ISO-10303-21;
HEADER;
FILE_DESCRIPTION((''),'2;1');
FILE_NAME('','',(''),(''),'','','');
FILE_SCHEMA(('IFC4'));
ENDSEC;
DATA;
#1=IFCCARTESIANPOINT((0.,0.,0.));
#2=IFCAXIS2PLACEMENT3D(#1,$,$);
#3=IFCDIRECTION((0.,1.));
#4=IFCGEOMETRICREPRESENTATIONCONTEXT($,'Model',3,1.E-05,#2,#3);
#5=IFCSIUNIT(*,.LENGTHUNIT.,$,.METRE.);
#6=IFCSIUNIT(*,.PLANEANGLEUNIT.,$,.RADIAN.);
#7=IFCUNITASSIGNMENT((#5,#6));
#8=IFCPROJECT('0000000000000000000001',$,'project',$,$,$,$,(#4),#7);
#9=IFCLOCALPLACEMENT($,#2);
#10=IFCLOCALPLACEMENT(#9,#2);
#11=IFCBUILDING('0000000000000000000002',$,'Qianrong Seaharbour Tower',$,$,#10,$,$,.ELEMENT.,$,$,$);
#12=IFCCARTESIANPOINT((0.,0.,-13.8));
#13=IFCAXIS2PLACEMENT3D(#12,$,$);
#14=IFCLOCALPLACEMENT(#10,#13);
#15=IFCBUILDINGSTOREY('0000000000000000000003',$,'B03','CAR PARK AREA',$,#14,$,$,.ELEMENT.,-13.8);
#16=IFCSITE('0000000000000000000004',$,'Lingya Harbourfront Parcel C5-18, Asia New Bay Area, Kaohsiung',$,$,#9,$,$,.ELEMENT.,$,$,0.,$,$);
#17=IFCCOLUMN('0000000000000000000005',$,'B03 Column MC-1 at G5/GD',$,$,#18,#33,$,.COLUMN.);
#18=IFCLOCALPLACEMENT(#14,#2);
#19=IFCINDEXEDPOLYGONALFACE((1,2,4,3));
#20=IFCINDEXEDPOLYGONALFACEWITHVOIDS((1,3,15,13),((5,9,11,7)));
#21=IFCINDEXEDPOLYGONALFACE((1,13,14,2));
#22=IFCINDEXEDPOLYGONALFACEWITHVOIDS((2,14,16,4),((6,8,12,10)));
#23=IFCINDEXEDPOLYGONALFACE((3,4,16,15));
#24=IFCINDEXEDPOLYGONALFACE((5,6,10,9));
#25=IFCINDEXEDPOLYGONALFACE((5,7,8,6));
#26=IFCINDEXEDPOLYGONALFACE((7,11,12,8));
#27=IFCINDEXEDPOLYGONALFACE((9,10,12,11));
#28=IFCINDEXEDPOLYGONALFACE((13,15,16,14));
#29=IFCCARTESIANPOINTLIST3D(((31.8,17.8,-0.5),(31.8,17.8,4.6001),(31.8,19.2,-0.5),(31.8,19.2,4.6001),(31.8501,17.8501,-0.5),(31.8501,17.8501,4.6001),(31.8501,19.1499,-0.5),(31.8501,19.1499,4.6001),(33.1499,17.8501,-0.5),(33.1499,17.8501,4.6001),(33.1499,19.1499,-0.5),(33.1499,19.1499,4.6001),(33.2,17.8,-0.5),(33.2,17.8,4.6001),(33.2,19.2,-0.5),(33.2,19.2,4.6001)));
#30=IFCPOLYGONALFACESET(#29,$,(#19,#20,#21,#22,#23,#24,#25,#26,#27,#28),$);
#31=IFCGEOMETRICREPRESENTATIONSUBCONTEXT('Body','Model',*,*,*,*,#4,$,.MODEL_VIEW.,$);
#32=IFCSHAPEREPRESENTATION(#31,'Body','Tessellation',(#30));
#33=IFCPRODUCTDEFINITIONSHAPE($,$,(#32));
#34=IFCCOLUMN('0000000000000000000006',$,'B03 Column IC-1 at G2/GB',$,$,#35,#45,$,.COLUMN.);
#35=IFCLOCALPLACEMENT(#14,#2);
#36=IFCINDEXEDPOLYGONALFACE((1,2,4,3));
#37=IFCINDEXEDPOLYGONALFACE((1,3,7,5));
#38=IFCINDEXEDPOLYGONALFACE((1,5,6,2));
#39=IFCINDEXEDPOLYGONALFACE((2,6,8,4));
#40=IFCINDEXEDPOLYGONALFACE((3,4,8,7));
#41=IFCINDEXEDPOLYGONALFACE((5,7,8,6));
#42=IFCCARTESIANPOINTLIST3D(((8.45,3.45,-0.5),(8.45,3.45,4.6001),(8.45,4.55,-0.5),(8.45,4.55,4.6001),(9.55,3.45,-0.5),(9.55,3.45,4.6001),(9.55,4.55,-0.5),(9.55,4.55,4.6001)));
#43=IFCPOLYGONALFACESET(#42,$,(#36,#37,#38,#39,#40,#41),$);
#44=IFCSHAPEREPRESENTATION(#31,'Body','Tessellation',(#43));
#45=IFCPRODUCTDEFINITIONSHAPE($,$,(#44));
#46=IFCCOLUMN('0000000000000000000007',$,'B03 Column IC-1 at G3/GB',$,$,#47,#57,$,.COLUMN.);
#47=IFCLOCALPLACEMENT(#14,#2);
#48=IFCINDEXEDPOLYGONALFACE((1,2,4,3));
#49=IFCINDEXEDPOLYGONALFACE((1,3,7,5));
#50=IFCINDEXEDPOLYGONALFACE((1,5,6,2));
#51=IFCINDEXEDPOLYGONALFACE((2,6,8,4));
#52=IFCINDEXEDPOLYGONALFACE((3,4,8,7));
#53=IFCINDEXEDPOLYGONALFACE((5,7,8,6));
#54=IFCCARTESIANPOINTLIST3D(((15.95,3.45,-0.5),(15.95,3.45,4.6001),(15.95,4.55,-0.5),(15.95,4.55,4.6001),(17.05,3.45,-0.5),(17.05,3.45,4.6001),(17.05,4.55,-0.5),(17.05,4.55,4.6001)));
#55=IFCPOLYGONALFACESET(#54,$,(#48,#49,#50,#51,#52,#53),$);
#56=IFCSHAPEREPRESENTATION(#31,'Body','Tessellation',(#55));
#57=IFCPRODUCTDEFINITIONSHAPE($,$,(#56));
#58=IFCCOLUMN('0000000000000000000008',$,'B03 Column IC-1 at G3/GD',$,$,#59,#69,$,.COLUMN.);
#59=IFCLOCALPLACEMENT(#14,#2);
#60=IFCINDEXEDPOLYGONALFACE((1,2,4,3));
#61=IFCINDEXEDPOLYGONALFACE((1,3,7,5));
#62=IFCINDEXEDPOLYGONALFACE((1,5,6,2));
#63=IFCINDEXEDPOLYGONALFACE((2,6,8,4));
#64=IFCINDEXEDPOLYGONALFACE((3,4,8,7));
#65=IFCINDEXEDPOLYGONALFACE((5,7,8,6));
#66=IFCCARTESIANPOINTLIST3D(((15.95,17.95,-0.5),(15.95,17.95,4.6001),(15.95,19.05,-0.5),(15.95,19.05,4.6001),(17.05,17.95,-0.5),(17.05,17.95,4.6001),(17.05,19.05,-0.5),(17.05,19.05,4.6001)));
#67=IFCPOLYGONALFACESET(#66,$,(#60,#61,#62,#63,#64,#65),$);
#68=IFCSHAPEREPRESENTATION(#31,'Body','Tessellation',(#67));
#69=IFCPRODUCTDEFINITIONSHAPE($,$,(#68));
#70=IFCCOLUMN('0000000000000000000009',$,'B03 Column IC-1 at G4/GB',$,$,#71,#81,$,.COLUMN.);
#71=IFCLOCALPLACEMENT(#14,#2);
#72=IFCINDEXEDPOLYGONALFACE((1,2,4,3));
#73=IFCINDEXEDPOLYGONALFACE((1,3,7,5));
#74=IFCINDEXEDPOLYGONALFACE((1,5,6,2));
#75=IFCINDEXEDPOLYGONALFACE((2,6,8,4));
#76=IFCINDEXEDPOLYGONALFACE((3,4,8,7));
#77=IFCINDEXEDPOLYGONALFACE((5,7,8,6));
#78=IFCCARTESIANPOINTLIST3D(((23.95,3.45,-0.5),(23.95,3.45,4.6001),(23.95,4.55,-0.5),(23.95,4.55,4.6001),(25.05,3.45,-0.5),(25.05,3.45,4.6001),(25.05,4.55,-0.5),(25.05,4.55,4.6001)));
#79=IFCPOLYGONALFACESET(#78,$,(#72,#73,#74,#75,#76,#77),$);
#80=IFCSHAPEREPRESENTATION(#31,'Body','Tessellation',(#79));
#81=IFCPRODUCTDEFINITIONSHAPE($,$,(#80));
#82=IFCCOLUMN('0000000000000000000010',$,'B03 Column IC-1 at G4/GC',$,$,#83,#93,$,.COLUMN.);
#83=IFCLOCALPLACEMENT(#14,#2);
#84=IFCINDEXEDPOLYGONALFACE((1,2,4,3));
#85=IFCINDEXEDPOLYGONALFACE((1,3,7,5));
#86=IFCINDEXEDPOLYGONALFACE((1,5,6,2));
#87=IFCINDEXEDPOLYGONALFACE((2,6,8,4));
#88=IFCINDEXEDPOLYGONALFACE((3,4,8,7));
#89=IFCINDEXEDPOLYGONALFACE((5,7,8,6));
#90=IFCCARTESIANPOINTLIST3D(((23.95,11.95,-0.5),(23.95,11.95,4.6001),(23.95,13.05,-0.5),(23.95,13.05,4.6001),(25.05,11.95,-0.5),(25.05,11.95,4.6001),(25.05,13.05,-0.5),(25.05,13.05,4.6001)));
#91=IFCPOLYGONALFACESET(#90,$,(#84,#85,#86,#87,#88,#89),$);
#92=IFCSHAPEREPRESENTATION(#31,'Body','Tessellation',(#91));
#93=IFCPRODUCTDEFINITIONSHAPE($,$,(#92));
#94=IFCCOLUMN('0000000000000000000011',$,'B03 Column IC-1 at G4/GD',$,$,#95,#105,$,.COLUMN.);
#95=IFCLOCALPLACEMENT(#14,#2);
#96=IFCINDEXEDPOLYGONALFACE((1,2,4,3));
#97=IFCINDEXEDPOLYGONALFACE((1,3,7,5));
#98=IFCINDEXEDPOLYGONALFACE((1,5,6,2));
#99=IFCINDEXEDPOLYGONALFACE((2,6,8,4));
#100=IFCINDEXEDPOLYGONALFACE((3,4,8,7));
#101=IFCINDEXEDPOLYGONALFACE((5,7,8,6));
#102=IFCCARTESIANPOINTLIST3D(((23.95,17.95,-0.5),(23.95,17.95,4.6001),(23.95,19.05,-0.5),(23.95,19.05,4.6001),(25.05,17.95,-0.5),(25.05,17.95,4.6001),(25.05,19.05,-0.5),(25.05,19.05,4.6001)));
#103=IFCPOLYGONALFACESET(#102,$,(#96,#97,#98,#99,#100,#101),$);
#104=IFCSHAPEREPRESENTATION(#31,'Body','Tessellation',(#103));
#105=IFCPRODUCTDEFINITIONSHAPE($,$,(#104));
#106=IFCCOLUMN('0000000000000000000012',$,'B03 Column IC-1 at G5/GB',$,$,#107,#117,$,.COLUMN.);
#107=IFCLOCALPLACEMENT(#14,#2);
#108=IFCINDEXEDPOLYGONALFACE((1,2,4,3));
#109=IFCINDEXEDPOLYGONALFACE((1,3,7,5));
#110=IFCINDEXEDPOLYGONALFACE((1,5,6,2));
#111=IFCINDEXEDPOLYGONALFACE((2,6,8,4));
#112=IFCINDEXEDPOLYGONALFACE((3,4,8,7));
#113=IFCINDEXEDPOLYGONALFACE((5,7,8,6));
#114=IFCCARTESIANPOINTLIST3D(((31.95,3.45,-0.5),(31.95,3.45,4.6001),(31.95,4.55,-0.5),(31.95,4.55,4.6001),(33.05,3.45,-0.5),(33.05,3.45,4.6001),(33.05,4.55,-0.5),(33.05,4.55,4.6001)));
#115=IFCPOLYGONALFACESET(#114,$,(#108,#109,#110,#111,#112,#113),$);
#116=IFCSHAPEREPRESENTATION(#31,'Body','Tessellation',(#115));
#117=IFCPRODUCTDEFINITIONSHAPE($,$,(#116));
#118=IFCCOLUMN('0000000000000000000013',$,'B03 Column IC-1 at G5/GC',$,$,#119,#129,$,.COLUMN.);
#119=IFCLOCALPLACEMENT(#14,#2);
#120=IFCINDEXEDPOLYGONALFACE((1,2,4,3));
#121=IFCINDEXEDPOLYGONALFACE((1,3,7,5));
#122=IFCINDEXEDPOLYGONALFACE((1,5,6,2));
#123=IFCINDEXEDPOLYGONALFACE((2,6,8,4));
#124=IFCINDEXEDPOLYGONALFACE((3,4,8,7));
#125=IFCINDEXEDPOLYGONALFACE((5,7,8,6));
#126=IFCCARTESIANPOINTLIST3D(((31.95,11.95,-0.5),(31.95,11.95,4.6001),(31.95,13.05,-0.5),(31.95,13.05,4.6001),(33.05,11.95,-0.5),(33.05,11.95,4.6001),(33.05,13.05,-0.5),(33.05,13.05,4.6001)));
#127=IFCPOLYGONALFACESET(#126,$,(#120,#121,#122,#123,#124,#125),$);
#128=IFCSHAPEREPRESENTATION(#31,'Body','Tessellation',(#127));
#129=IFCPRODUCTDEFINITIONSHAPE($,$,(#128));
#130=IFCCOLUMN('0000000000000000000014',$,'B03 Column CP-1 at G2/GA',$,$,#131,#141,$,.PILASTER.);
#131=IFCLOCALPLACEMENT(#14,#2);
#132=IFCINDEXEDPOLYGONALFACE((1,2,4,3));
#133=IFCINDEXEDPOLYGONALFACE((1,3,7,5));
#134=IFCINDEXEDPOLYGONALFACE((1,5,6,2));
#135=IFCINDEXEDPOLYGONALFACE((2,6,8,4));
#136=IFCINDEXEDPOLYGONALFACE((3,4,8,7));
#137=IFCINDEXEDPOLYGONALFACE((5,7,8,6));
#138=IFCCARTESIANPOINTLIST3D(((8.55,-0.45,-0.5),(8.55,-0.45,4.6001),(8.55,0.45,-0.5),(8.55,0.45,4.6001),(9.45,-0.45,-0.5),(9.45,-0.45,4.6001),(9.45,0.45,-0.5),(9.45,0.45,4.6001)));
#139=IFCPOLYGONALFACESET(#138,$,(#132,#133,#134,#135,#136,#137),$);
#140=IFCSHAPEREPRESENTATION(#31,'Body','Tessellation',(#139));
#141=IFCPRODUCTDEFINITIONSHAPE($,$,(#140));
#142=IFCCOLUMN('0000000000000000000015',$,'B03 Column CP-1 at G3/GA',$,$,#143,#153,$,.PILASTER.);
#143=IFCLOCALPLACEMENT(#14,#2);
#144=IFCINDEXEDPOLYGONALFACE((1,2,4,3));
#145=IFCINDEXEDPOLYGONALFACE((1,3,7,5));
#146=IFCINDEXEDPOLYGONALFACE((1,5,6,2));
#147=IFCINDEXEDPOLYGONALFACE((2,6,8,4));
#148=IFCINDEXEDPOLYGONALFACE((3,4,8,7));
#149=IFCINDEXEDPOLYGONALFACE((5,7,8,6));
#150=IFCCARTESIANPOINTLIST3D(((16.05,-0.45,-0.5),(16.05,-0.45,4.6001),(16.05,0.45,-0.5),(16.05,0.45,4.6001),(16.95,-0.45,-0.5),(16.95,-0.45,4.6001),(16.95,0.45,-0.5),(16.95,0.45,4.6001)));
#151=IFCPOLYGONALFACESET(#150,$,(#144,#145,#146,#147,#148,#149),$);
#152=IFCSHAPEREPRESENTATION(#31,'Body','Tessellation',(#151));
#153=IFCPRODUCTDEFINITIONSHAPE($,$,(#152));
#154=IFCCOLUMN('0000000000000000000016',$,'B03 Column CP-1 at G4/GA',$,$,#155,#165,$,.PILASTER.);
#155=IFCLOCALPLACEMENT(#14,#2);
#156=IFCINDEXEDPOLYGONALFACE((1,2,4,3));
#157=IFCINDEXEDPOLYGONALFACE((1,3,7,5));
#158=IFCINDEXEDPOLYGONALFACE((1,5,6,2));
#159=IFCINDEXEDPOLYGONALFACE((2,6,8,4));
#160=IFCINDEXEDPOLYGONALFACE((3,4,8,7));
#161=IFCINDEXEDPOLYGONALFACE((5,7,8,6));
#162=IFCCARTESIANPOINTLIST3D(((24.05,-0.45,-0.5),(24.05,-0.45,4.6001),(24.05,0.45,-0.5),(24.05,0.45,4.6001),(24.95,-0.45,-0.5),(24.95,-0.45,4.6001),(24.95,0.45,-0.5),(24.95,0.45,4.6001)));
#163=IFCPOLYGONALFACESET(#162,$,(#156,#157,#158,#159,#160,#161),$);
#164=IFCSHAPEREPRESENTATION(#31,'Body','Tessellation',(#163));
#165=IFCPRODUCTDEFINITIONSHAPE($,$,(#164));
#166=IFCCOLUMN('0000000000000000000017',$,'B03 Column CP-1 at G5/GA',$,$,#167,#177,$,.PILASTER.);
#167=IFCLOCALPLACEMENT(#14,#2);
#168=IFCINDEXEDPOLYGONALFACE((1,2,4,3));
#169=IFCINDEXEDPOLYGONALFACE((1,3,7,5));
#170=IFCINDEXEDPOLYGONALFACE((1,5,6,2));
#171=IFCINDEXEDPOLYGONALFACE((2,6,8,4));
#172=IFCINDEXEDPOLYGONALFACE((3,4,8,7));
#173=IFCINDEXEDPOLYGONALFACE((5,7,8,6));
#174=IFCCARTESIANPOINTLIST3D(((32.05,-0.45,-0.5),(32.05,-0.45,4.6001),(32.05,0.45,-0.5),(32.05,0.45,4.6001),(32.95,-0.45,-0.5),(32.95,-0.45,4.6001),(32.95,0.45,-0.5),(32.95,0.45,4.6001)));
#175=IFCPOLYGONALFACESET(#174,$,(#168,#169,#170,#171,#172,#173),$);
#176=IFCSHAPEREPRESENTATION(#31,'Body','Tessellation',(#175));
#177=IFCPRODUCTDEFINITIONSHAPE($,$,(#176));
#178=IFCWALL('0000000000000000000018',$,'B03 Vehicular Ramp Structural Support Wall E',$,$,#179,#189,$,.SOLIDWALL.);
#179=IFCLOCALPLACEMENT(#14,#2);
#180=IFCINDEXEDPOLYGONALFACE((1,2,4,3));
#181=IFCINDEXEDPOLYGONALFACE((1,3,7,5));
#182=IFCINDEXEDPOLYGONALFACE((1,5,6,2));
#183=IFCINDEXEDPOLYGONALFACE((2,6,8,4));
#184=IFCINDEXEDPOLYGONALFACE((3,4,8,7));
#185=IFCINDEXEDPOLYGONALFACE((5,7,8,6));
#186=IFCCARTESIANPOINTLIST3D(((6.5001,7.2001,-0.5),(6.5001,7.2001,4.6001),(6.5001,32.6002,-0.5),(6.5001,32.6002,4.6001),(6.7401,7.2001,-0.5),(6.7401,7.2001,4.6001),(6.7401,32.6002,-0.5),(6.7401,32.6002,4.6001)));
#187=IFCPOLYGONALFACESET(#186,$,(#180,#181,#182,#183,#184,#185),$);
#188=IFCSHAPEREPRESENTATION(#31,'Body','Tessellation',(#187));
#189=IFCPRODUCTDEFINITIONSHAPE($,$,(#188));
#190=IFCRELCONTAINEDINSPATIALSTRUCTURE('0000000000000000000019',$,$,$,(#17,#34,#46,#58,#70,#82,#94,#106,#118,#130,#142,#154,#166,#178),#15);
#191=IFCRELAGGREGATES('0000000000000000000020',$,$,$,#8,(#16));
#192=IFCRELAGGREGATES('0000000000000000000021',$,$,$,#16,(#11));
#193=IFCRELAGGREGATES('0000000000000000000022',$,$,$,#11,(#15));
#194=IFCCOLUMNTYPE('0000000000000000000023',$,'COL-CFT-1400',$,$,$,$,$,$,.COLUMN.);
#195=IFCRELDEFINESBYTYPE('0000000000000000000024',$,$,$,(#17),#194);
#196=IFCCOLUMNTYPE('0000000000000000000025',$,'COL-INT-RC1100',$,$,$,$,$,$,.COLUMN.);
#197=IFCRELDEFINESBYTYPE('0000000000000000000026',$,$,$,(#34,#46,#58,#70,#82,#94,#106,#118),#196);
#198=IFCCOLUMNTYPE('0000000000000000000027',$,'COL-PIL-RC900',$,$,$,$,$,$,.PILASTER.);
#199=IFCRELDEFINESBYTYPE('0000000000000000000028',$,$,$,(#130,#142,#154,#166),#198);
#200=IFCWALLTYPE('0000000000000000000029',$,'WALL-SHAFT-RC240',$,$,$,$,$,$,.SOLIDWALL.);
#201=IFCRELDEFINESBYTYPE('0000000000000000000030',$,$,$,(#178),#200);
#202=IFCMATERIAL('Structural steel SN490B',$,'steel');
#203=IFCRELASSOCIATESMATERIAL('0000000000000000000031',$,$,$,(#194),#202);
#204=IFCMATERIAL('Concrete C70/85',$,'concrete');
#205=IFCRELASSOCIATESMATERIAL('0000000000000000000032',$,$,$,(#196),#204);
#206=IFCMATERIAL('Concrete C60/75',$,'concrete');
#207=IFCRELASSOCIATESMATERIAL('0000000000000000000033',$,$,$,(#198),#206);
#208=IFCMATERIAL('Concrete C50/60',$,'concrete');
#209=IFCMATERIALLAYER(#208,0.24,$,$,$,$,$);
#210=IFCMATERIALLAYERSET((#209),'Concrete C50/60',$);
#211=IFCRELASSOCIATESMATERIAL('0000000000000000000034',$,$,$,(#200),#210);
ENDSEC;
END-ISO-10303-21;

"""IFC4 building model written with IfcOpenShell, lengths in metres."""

from ifc_helpers import new_model, si_unit, direction, frame, frame_2d, origin, origin_2d, place, context, subcontext, project, spatial, rectangle, hollow_rectangle, extrude, material, layer, layer_set, material_profile, profile_set, type_object, element, save


model = new_model("IFC4")

# Units and contexts
model_context = context("Model", 3, precision=1e-05, world=origin(), true_north=direction((0.0, 1.0)))
body_context = subcontext(model_context, "Body", "Model", "MODEL_VIEW")
ifc_project = project(units=[si_unit("LENGTHUNIT", "METRE"), si_unit("PLANEANGLEUNIT", "RADIAN")], contexts=[model_context])

# Site, building, storey
site_placement = place(None, origin())
site = spatial("IfcSite", under=ifc_project, at=site_placement, Name="Lingya Harbourfront Parcel C5-18, Asia New Bay Area, Kaohsiung", CompositionType="ELEMENT", RefElevation=0.0)
building_placement = place(site_placement, origin())
building = spatial("IfcBuilding", under=site, at=building_placement, Name="Qianrong Seaharbour Tower", CompositionType="ELEMENT")
storey_placement = place(building_placement, frame((0.0, 0.0, -13.8)))
storey = spatial("IfcBuildingStorey", under=building, at=storey_placement, Name="B03", Description="CAR PARK AREA", CompositionType="ELEMENT", Elevation=-13.8)

# Shared definitions
ifc_material_1 = material(Name="Concrete C50/60", Category="concrete")

# Columns
ifc_material_2 = material(Name="Structural steel SN490B", Category="steel")
ifc_material_profile_1 = material_profile(ifc_material_2, hollow_rectangle(XDim=1.3999, YDim=1.3999, WallThickness=0.05, at=origin_2d()), Name="BOX1400x1400x50")
ifc_profile_set_1 = profile_set([ifc_material_profile_1], Name="Structural steel SN490B")
column_type_1 = type_object("IfcColumnType", Name="COL-CFT-1400", PredefinedType="COLUMN", material=ifc_profile_set_1)
for number, where, z_axis, x_axis, name in (
    (1, (32.5, 18.5, -0.5), (0.0, 0.0, 1.0), (1.0, 0.0, 0.0), "B03 Column MC-1 at G5/GD"),
):
    element("IfcColumn", number, at=place(storey_placement, frame(where, z_axis=z_axis, x_axis=x_axis)), inside=storey, type_object=column_type_1, Name=name, PredefinedType="COLUMN", context=body_context, shape_type="SweptSolid", body=[
        extrude(hollow_rectangle(XDim=1.3999, YDim=1.3999, WallThickness=0.05, at=origin_2d()), origin(), (0.0, 0.0, 1.0), 5.1001),
    ])
ifc_material_3 = material(Name="Concrete C70/85", Category="concrete")
ifc_material_profile_2 = material_profile(ifc_material_3, rectangle(XDim=1.1001, YDim=1.1001, at=origin_2d()), Name="RC1100x1100")
ifc_profile_set_2 = profile_set([ifc_material_profile_2], Name="Concrete C70/85")
column_type_2 = type_object("IfcColumnType", Name="COL-INT-RC1100", PredefinedType="COLUMN", material=ifc_profile_set_2)
for number, where, z_axis, x_axis, name in (
    (2, (9.0, 4.0, -0.5), (0.0, 0.0, 1.0), (1.0, 0.0, 0.0), "B03 Column IC-1 at G2/GB"),
    (3, (16.5, 4.0, -0.5), (0.0, 0.0, 1.0), (1.0, 0.0, 0.0), "B03 Column IC-1 at G3/GB"),
    (4, (16.5, 18.5, -0.5), (0.0, 0.0, 1.0), (1.0, 0.0, 0.0), "B03 Column IC-1 at G3/GD"),
    (5, (24.5, 4.0, -0.5), (0.0, 0.0, 1.0), (1.0, 0.0, 0.0), "B03 Column IC-1 at G4/GB"),
    (6, (24.5, 12.5, -0.5), (0.0, 0.0, 1.0), (1.0, 0.0, 0.0), "B03 Column IC-1 at G4/GC"),
    (7, (24.5, 18.5, -0.5), (0.0, 0.0, 1.0), (1.0, 0.0, 0.0), "B03 Column IC-1 at G4/GD"),
    (8, (32.5, 4.0, -0.5), (0.0, 0.0, 1.0), (1.0, 0.0, 0.0), "B03 Column IC-1 at G5/GB"),
    (9, (32.5, 12.5, -0.5), (0.0, 0.0, 1.0), (1.0, 0.0, 0.0), "B03 Column IC-1 at G5/GC"),
):
    element("IfcColumn", number, at=place(storey_placement, frame(where, z_axis=z_axis, x_axis=x_axis)), inside=storey, type_object=column_type_2, Name=name, PredefinedType="COLUMN", context=body_context, shape_type="SweptSolid", body=[
        extrude(rectangle(XDim=1.1001, YDim=1.1001, at=origin_2d()), origin(), (0.0, 0.0, 1.0), 5.1001),
    ])
ifc_material_4 = material(Name="Concrete C60/75", Category="concrete")
ifc_material_profile_3 = material_profile(ifc_material_4, rectangle(XDim=0.8999, YDim=0.8999, at=origin_2d()), Name="RC900x900")
ifc_profile_set_3 = profile_set([ifc_material_profile_3], Name="Concrete C60/75")
column_type_3 = type_object("IfcColumnType", Name="COL-PIL-RC900", PredefinedType="PILASTER", material=ifc_profile_set_3)
for number, where, z_axis, x_axis, name in (
    (10, (9.0, 0.0, -0.5), (0.0, 0.0, 1.0), (1.0, 0.0, 0.0), "B03 Column CP-1 at G2/GA"),
    (11, (16.5, 0.0, -0.5), (0.0, 0.0, 1.0), (1.0, 0.0, 0.0), "B03 Column CP-1 at G3/GA"),
    (12, (24.5, 0.0, -0.5), (0.0, 0.0, 1.0), (1.0, 0.0, 0.0), "B03 Column CP-1 at G4/GA"),
    (13, (32.5, 0.0, -0.5), (0.0, 0.0, 1.0), (1.0, 0.0, 0.0), "B03 Column CP-1 at G5/GA"),
):
    element("IfcColumn", number, at=place(storey_placement, frame(where, z_axis=z_axis, x_axis=x_axis)), inside=storey, type_object=column_type_3, Name=name, PredefinedType="PILASTER", context=body_context, shape_type="SweptSolid", body=[
        extrude(rectangle(XDim=0.8999, YDim=0.8999, at=origin_2d()), origin(), (0.0, 0.0, 1.0), 5.1001),
    ])

# Wall
ifc_layer = layer(ifc_material_1, 0.24)
ifc_layer_set = layer_set([ifc_layer], Name="Concrete C50/60")
wall_type = type_object("IfcWallType", Name="WALL-SHAFT-RC240", PredefinedType="SOLIDWALL", material=ifc_layer_set)
wall_placement = place(storey_placement, frame((6.6201, 7.2, -0.5), z_axis=(0.0, 0.0, 1.0), x_axis=(0.0, 1.0, 0.0)))
element("IfcWall", 14, at=wall_placement, inside=storey, type_object=wall_type, Name="B03 Vehicular Ramp Structural Support Wall E", PredefinedType="SOLIDWALL", context=body_context, shape_type="SweptSolid", body=[
    extrude(rectangle(XDim=25.4001, YDim=0.24, at=frame_2d((12.7002, 0.0))), origin(), (0.0, 0.0, 1.0), 5.1001),
])

save(model, "model.ifc")
